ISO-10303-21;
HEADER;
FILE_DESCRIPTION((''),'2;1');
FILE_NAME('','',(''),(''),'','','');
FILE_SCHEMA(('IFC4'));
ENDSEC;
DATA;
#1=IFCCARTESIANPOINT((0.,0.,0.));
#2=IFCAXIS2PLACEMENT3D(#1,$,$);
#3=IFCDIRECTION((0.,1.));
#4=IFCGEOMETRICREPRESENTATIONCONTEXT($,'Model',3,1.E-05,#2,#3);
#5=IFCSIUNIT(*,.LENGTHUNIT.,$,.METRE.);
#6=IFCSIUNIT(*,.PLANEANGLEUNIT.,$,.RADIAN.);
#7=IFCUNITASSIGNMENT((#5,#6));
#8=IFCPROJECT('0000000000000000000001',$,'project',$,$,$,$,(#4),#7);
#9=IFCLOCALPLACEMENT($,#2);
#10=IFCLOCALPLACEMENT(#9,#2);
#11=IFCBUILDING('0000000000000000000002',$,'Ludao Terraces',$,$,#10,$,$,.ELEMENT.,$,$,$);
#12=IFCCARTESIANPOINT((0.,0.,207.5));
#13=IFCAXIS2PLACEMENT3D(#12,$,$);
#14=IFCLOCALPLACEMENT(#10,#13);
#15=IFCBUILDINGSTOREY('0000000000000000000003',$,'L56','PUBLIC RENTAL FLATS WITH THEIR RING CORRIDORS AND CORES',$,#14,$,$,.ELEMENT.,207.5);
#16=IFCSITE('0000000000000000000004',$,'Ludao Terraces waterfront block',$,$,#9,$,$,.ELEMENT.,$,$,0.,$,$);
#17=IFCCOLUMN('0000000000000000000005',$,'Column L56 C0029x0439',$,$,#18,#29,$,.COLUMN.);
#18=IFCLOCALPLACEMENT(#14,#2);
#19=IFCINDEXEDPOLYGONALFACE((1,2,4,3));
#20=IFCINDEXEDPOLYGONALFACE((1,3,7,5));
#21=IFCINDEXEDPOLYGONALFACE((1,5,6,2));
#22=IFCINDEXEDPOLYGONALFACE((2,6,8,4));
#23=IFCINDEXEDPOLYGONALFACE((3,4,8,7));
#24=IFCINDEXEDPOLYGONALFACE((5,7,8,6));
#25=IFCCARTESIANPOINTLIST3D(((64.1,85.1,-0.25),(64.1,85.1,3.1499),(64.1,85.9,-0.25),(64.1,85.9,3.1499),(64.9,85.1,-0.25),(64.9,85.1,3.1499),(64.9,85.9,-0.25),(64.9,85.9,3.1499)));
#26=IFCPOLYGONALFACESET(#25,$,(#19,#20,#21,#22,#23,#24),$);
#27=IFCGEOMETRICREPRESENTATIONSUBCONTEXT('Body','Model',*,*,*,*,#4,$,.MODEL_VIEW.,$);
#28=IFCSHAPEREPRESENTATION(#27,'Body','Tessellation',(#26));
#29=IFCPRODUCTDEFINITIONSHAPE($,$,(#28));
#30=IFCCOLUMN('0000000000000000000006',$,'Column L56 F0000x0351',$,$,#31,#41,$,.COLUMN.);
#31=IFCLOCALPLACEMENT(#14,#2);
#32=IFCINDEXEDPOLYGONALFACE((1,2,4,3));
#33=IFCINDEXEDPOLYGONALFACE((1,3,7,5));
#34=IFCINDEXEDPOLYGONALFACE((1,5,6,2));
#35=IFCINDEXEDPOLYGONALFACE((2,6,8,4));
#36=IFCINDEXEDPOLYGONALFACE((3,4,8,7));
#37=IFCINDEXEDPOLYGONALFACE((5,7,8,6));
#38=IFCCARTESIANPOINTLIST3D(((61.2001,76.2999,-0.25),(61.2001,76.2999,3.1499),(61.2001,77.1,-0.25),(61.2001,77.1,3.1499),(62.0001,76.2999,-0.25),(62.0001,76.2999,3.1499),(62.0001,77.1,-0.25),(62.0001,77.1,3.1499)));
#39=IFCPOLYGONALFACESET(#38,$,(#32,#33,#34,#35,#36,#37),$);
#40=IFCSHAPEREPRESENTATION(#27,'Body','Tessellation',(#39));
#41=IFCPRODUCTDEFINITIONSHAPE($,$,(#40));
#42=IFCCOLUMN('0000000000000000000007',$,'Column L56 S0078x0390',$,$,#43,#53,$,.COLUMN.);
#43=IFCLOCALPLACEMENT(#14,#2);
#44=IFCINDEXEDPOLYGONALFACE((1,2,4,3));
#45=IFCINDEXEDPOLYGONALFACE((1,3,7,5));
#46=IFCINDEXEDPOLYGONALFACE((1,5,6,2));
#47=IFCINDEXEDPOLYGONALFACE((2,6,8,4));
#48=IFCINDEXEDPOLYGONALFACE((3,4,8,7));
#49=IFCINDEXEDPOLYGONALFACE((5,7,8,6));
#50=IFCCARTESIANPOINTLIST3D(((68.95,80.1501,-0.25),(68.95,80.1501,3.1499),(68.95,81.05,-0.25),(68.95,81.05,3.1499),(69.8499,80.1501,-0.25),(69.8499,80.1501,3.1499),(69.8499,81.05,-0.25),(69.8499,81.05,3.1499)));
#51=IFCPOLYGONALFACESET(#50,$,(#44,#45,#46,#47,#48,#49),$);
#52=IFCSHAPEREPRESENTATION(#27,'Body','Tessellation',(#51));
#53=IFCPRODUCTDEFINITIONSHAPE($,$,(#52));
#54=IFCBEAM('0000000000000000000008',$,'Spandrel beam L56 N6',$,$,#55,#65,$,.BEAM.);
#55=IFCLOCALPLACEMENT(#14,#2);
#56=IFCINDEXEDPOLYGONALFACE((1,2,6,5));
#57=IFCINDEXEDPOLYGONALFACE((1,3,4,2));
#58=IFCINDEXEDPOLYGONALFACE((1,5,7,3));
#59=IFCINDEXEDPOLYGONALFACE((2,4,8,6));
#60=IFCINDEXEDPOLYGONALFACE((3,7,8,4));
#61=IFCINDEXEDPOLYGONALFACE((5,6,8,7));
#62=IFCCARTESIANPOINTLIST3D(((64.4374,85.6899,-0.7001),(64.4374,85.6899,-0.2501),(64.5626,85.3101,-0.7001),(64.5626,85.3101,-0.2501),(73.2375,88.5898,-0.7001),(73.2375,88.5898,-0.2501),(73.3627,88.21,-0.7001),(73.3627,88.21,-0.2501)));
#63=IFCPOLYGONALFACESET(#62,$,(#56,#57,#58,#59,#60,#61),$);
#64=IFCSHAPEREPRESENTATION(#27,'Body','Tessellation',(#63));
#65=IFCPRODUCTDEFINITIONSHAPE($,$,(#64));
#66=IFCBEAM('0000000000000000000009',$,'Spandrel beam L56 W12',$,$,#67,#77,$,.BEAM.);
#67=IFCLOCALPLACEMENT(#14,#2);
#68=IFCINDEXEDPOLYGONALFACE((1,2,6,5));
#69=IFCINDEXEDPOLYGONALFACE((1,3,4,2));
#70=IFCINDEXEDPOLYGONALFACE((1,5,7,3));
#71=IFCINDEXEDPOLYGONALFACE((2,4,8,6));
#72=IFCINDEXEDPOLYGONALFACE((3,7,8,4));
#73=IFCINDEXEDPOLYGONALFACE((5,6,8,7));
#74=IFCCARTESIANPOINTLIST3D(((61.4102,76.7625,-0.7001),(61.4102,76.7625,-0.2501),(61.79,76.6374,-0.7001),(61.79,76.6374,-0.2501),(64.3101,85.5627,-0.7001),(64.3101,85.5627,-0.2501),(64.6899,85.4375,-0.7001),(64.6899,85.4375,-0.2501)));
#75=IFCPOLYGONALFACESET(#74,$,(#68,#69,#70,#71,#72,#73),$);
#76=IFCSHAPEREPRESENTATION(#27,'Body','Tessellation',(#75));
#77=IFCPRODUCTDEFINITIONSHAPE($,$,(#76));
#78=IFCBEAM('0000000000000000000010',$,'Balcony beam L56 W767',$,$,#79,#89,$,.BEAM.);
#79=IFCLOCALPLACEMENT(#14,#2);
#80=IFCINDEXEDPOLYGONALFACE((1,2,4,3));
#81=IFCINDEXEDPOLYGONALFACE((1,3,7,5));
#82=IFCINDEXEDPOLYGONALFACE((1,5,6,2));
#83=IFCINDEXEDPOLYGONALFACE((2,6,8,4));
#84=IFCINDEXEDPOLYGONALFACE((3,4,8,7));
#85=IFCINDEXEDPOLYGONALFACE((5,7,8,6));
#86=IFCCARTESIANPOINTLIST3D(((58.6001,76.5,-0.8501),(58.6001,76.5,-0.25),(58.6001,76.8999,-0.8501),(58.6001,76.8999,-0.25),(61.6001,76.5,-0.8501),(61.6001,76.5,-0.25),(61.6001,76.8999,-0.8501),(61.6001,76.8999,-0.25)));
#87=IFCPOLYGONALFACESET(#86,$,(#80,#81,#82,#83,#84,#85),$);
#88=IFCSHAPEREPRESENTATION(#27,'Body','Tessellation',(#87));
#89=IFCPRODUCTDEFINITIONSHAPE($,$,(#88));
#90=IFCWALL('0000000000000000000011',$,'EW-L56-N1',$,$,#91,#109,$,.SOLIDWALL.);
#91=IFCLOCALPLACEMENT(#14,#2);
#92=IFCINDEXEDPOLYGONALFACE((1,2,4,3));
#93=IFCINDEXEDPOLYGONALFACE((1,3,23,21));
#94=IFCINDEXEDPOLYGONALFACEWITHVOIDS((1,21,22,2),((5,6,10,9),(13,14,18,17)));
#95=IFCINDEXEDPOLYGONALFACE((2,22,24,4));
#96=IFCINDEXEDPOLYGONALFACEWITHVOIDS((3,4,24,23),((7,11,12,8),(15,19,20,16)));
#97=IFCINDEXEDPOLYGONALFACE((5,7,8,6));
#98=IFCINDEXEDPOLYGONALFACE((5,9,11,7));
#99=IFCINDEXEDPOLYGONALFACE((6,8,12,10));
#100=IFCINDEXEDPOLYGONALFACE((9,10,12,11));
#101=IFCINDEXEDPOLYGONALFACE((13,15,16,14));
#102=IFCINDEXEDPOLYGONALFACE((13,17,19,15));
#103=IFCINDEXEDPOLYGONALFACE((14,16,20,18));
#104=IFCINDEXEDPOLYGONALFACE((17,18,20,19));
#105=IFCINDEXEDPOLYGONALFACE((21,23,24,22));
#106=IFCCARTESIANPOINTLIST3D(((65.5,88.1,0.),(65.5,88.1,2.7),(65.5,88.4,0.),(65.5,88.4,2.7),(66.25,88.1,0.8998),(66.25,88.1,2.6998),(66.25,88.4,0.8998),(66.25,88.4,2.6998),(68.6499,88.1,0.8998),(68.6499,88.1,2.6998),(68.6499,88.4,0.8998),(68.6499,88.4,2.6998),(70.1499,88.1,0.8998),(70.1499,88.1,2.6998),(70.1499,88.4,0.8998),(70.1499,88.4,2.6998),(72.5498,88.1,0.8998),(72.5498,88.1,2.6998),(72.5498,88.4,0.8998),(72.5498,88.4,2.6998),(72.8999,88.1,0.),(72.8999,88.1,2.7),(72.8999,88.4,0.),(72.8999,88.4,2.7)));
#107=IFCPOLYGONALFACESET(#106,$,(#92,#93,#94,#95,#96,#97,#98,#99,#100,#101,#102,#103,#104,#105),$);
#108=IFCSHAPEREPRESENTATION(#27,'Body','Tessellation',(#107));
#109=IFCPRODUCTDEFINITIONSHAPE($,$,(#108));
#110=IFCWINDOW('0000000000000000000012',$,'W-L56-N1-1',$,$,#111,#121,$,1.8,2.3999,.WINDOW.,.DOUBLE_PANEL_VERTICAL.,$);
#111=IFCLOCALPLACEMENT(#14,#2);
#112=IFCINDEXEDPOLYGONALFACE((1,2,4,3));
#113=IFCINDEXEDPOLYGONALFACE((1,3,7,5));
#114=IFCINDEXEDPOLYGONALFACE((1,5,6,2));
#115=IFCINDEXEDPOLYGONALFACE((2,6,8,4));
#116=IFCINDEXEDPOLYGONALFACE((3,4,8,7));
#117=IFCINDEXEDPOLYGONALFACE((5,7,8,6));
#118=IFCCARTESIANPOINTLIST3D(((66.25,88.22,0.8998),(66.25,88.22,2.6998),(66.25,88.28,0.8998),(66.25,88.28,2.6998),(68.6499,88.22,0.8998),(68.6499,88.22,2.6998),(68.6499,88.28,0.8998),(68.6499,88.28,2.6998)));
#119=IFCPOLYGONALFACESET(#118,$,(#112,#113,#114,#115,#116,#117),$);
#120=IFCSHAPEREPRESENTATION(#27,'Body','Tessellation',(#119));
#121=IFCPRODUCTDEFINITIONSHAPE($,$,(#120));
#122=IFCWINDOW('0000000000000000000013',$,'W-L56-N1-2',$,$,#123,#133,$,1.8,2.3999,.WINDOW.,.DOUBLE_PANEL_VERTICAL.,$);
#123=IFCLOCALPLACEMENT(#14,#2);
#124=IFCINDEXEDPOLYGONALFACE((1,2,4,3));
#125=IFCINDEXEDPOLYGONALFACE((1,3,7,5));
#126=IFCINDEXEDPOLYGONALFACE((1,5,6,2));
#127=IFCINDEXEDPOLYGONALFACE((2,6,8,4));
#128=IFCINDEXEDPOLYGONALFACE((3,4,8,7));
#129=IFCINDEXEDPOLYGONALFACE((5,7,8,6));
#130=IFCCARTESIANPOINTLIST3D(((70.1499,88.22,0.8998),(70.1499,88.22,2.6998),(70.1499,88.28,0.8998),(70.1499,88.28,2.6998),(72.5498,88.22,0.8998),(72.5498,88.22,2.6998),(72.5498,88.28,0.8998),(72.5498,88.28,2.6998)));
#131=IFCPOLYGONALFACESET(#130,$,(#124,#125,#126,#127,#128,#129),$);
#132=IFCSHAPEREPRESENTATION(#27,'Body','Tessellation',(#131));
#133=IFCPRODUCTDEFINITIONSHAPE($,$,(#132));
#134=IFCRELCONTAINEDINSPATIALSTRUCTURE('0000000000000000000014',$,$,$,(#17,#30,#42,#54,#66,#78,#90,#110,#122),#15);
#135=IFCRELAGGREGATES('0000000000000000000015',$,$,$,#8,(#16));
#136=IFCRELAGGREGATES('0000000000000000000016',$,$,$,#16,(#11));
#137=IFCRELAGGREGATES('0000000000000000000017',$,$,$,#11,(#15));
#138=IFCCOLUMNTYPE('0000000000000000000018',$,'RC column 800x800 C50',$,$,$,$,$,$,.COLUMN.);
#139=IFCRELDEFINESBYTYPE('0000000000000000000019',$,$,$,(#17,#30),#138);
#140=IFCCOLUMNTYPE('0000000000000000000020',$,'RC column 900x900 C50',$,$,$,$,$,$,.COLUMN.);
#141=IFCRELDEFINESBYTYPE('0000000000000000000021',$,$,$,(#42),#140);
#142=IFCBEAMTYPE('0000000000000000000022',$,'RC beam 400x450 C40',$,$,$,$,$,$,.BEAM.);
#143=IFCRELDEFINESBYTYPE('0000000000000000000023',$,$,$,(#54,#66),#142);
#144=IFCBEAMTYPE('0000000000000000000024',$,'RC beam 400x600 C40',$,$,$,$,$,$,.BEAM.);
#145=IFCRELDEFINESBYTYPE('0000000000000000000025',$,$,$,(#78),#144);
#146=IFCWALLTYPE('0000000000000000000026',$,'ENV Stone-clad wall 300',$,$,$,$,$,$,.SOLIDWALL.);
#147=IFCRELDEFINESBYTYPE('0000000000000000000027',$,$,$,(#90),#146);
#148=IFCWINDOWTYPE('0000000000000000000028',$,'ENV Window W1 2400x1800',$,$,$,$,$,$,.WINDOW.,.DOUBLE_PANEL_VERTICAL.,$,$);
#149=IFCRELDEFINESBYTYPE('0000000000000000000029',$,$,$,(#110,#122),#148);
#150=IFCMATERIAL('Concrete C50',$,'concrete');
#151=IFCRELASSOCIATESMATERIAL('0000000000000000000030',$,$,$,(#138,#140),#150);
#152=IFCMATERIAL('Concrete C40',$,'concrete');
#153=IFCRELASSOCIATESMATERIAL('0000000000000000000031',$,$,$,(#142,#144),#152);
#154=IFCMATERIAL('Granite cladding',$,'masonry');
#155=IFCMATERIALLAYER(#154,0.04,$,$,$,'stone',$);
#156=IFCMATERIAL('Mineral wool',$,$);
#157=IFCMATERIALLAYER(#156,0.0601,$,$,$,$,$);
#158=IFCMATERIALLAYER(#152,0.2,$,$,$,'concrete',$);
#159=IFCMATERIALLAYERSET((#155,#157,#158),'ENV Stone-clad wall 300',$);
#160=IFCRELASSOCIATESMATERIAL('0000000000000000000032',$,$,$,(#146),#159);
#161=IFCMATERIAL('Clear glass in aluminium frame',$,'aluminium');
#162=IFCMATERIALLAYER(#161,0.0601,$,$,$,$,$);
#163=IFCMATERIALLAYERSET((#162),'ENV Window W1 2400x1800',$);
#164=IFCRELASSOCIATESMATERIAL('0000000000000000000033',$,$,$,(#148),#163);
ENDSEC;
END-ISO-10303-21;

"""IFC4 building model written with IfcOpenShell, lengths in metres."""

from ifc_helpers import new_model, si_unit, direction, frame, frame_2d, origin, origin_2d, place, context, subcontext, project, spatial, rectangle, extrude, material, layer, layer_set, material_profile, profile_set, type_object, element, fill, save


model = new_model("IFC4")

# Units and contexts
model_context = context("Model", 3, precision=1e-05, world=origin(), true_north=direction((0.0, 1.0)))
body_context = subcontext(model_context, "Body", "Model", "MODEL_VIEW")
ifc_project = project(units=[si_unit("LENGTHUNIT", "METRE"), si_unit("PLANEANGLEUNIT", "RADIAN")], contexts=[model_context])

# Site, building, storey
site_placement = place(None, origin())
site = spatial("IfcSite", under=ifc_project, at=site_placement, Name="Ludao Terraces waterfront block", CompositionType="ELEMENT", RefElevation=0.0)
building_placement = place(site_placement, origin())
building = spatial("IfcBuilding", under=site, at=building_placement, Name="Ludao Terraces", CompositionType="ELEMENT")
storey_placement = place(building_placement, frame((0.0, 0.0, 207.5)))
storey = spatial("IfcBuildingStorey", under=building, at=storey_placement, Name="L56", Description="PUBLIC RENTAL FLATS WITH THEIR RING CORRIDORS AND CORES", CompositionType="ELEMENT", Elevation=207.5)

# Columns
ifc_material_1 = material(Name="Concrete C50", Category="concrete")
ifc_material_profile_1 = material_profile(ifc_material_1, rectangle(XDim=0.8, YDim=0.8, at=origin_2d()), Name="800 X 800")
ifc_profile_set_1 = profile_set([ifc_material_profile_1], Name="Concrete C50")
column_type_1 = type_object("IfcColumnType", Name="RC column 800x800 C50", PredefinedType="COLUMN", material=ifc_profile_set_1)
for number, where, z_axis, x_axis, name in (
    (1, (64.5, 85.5, -0.25), (0.0, 0.0, 1.0), (1.0, 0.0, 0.0), "Column L56 C0029x0439"),
    (2, (61.6001, 76.7, -0.25), (0.0, 0.0, 1.0), (1.0, 0.0, 0.0), "Column L56 F0000x0351"),
):
    element("IfcColumn", number, at=place(storey_placement, frame(where, z_axis=z_axis, x_axis=x_axis)), inside=storey, type_object=column_type_1, Name=name, PredefinedType="COLUMN", context=body_context, shape_type="SweptSolid", body=[
        extrude(rectangle(XDim=0.8, YDim=0.8, at=origin_2d()), origin(), (0.0, 0.0, 1.0), 3.3999),
    ])
ifc_material_profile_2 = material_profile(ifc_material_1, rectangle(XDim=0.8999, YDim=0.8999, at=origin_2d()), Name="900 X 900")
ifc_profile_set_2 = profile_set([ifc_material_profile_2], Name="Concrete C50")
column_type_2 = type_object("IfcColumnType", Name="RC column 900x900 C50", PredefinedType="COLUMN", material=ifc_profile_set_2)
column_placement = place(storey_placement, frame((69.3999, 80.6001, -0.25), z_axis=(0.0, 0.0, 1.0), x_axis=(1.0, 0.0, 0.0)))
element("IfcColumn", 3, at=column_placement, inside=storey, type_object=column_type_2, Name="Column L56 S0078x0390", PredefinedType="COLUMN", context=body_context, shape_type="SweptSolid", body=[
    extrude(rectangle(XDim=0.8999, YDim=0.8999, at=origin_2d()), origin(), (0.0, 0.0, 1.0), 3.3999),
])

# Beams
ifc_material_2 = material(Name="Concrete C40", Category="concrete")
ifc_material_profile_3 = material_profile(ifc_material_2, rectangle(XDim=0.3999, YDim=0.45, at=origin_2d()), Name="400 X 450")
ifc_profile_set_3 = profile_set([ifc_material_profile_3], Name="Concrete C40")
beam_type_1 = type_object("IfcBeamType", Name="RC beam 400x450 C40", PredefinedType="BEAM", material=ifc_profile_set_3)
for number, where, z_axis, x_axis, name in (
    (4, (64.5, 85.5, -0.4751), (0.949761, 0.312977, 0.0), (-0.312977, 0.949761, 0.0), "Spandrel beam L56 N6"),
    (5, (61.6001, 76.7, -0.4751), (0.312977, 0.949761, 0.0), (-0.949761, 0.312977, 0.0), "Spandrel beam L56 W12"),
):
    element("IfcBeam", number, at=place(storey_placement, frame(where, z_axis=z_axis, x_axis=x_axis)), inside=storey, type_object=beam_type_1, Name=name, PredefinedType="BEAM", context=body_context, shape_type="SweptSolid", body=[
        extrude(rectangle(XDim=0.3999, YDim=0.45, at=origin_2d()), origin(), (0.0, 0.0, 1.0), 9.2656),
    ])
ifc_material_profile_4 = material_profile(ifc_material_2, rectangle(XDim=0.3999, YDim=0.6001, at=origin_2d()), Name="400 X 600")
ifc_profile_set_4 = profile_set([ifc_material_profile_4], Name="Concrete C40")
beam_type_2 = type_object("IfcBeamType", Name="RC beam 400x600 C40", PredefinedType="BEAM", material=ifc_profile_set_4)
beam_placement = place(storey_placement, frame((61.6001, 76.7, -0.55), z_axis=(-1.0, 0.0, 0.0), x_axis=(0.0, -1.0, 0.0)))
element("IfcBeam", 6, at=beam_placement, inside=storey, type_object=beam_type_2, Name="Balcony beam L56 W767", PredefinedType="BEAM", context=body_context, shape_type="SweptSolid", body=[
    extrude(rectangle(XDim=0.3999, YDim=0.6001, at=origin_2d()), origin(), (0.0, 0.0, 1.0), 3.0),
])

# Wall, openings, windows
ifc_material_3 = material(Name="Granite cladding", Category="masonry")
ifc_layer_1 = layer(ifc_material_3, 0.04, Category="stone")
ifc_material_4 = material(Name="Mineral wool")
ifc_layer_2 = layer(ifc_material_4, 0.0601)
ifc_layer_3 = layer(ifc_material_2, 0.2, Category="concrete")
ifc_layer_set_1 = layer_set([ifc_layer_1, ifc_layer_2, ifc_layer_3], Name="ENV Stone-clad wall 300")
wall_type_1 = type_object("IfcWallType", Name="ENV Stone-clad wall 300", PredefinedType="SOLIDWALL", material=ifc_layer_set_1)
wall_1_placement = place(storey_placement, frame((65.5, 88.25, 0.0), z_axis=(0.0, 0.0, 1.0), x_axis=(1.0, 0.0, 0.0)))
wall_1 = element("IfcWall", 7, at=wall_1_placement, inside=storey, type_object=wall_type_1, Name="EW-L56-N1", PredefinedType="SOLIDWALL", context=body_context, shape_type="SweptSolid", body=[
    extrude(rectangle(XDim=7.3999, YDim=0.3, at=frame_2d((3.7, 0.0))), origin(), (0.0, 0.0, 1.0), 2.7),
])
opening_1_placement = place(wall_1_placement, frame((0.75, 0.0, 0.8999)))
opening_1 = element("IfcOpeningElement", 8, at=opening_1_placement, cuts=wall_1, PredefinedType="OPENING", context=body_context, shape_type="SweptSolid", body=[
    extrude(rectangle(XDim=2.3999, YDim=1.8, at=frame_2d((1.2, 0.8999))), frame((0.0, 0.1602, 0.0), z_axis=(0.0, -1.0, 0.0), x_axis=(1.0, 0.0, 0.0)), (0.0, 0.0, 1.0), 0.3201),
])
opening_2_placement = place(wall_1_placement, frame((4.6499, 0.0, 0.8999)))
opening_2 = element("IfcOpeningElement", 9, at=opening_2_placement, cuts=wall_1, PredefinedType="OPENING", context=body_context, shape_type="SweptSolid", body=[
    extrude(rectangle(XDim=2.3999, YDim=1.8, at=frame_2d((1.2, 0.8999))), frame((0.0, 0.1602, 0.0), z_axis=(0.0, -1.0, 0.0), x_axis=(1.0, 0.0, 0.0)), (0.0, 0.0, 1.0), 0.3201),
])
ifc_material_5 = material(Name="Clear glass in aluminium frame", Category="aluminium")
ifc_layer_4 = layer(ifc_material_5, 0.0601)
ifc_layer_set_2 = layer_set([ifc_layer_4], Name="ENV Window W1 2400x1800")
window_type_1 = type_object("IfcWindowType", Name="ENV Window W1 2400x1800", PartitioningType="DOUBLE_PANEL_VERTICAL", PredefinedType="WINDOW", material=ifc_layer_set_2)
window_1_placement = place(opening_1_placement, origin())
window_1 = element("IfcWindow", 10, at=window_1_placement, inside=storey, type_object=window_type_1, Name="W-L56-N1-1", OverallHeight=1.8, OverallWidth=2.3999, PartitioningType="DOUBLE_PANEL_VERTICAL", PredefinedType="WINDOW", context=body_context, shape_type="SweptSolid", body=[
    extrude(rectangle(XDim=2.3999, YDim=1.8, at=frame_2d((1.2, 0.8999))), frame((0.0, 0.03, 0.0), z_axis=(0.0, -1.0, 0.0), x_axis=(1.0, 0.0, 0.0)), (0.0, 0.0, 1.0), 0.0601),
])
fill(opening_1, window_1)
window_2_placement = place(opening_2_placement, origin())
window_2 = element("IfcWindow", 11, at=window_2_placement, inside=storey, type_object=window_type_1, Name="W-L56-N1-2", OverallHeight=1.8, OverallWidth=2.3999, PartitioningType="DOUBLE_PANEL_VERTICAL", PredefinedType="WINDOW", context=body_context, shape_type="SweptSolid", body=[
    extrude(rectangle(XDim=2.3999, YDim=1.8, at=frame_2d((1.2, 0.8999))), frame((0.0, 0.03, 0.0), z_axis=(0.0, -1.0, 0.0), x_axis=(1.0, 0.0, 0.0)), (0.0, 0.0, 1.0), 0.0601),
])
fill(opening_2, window_2)

save(model, "model.ifc")
